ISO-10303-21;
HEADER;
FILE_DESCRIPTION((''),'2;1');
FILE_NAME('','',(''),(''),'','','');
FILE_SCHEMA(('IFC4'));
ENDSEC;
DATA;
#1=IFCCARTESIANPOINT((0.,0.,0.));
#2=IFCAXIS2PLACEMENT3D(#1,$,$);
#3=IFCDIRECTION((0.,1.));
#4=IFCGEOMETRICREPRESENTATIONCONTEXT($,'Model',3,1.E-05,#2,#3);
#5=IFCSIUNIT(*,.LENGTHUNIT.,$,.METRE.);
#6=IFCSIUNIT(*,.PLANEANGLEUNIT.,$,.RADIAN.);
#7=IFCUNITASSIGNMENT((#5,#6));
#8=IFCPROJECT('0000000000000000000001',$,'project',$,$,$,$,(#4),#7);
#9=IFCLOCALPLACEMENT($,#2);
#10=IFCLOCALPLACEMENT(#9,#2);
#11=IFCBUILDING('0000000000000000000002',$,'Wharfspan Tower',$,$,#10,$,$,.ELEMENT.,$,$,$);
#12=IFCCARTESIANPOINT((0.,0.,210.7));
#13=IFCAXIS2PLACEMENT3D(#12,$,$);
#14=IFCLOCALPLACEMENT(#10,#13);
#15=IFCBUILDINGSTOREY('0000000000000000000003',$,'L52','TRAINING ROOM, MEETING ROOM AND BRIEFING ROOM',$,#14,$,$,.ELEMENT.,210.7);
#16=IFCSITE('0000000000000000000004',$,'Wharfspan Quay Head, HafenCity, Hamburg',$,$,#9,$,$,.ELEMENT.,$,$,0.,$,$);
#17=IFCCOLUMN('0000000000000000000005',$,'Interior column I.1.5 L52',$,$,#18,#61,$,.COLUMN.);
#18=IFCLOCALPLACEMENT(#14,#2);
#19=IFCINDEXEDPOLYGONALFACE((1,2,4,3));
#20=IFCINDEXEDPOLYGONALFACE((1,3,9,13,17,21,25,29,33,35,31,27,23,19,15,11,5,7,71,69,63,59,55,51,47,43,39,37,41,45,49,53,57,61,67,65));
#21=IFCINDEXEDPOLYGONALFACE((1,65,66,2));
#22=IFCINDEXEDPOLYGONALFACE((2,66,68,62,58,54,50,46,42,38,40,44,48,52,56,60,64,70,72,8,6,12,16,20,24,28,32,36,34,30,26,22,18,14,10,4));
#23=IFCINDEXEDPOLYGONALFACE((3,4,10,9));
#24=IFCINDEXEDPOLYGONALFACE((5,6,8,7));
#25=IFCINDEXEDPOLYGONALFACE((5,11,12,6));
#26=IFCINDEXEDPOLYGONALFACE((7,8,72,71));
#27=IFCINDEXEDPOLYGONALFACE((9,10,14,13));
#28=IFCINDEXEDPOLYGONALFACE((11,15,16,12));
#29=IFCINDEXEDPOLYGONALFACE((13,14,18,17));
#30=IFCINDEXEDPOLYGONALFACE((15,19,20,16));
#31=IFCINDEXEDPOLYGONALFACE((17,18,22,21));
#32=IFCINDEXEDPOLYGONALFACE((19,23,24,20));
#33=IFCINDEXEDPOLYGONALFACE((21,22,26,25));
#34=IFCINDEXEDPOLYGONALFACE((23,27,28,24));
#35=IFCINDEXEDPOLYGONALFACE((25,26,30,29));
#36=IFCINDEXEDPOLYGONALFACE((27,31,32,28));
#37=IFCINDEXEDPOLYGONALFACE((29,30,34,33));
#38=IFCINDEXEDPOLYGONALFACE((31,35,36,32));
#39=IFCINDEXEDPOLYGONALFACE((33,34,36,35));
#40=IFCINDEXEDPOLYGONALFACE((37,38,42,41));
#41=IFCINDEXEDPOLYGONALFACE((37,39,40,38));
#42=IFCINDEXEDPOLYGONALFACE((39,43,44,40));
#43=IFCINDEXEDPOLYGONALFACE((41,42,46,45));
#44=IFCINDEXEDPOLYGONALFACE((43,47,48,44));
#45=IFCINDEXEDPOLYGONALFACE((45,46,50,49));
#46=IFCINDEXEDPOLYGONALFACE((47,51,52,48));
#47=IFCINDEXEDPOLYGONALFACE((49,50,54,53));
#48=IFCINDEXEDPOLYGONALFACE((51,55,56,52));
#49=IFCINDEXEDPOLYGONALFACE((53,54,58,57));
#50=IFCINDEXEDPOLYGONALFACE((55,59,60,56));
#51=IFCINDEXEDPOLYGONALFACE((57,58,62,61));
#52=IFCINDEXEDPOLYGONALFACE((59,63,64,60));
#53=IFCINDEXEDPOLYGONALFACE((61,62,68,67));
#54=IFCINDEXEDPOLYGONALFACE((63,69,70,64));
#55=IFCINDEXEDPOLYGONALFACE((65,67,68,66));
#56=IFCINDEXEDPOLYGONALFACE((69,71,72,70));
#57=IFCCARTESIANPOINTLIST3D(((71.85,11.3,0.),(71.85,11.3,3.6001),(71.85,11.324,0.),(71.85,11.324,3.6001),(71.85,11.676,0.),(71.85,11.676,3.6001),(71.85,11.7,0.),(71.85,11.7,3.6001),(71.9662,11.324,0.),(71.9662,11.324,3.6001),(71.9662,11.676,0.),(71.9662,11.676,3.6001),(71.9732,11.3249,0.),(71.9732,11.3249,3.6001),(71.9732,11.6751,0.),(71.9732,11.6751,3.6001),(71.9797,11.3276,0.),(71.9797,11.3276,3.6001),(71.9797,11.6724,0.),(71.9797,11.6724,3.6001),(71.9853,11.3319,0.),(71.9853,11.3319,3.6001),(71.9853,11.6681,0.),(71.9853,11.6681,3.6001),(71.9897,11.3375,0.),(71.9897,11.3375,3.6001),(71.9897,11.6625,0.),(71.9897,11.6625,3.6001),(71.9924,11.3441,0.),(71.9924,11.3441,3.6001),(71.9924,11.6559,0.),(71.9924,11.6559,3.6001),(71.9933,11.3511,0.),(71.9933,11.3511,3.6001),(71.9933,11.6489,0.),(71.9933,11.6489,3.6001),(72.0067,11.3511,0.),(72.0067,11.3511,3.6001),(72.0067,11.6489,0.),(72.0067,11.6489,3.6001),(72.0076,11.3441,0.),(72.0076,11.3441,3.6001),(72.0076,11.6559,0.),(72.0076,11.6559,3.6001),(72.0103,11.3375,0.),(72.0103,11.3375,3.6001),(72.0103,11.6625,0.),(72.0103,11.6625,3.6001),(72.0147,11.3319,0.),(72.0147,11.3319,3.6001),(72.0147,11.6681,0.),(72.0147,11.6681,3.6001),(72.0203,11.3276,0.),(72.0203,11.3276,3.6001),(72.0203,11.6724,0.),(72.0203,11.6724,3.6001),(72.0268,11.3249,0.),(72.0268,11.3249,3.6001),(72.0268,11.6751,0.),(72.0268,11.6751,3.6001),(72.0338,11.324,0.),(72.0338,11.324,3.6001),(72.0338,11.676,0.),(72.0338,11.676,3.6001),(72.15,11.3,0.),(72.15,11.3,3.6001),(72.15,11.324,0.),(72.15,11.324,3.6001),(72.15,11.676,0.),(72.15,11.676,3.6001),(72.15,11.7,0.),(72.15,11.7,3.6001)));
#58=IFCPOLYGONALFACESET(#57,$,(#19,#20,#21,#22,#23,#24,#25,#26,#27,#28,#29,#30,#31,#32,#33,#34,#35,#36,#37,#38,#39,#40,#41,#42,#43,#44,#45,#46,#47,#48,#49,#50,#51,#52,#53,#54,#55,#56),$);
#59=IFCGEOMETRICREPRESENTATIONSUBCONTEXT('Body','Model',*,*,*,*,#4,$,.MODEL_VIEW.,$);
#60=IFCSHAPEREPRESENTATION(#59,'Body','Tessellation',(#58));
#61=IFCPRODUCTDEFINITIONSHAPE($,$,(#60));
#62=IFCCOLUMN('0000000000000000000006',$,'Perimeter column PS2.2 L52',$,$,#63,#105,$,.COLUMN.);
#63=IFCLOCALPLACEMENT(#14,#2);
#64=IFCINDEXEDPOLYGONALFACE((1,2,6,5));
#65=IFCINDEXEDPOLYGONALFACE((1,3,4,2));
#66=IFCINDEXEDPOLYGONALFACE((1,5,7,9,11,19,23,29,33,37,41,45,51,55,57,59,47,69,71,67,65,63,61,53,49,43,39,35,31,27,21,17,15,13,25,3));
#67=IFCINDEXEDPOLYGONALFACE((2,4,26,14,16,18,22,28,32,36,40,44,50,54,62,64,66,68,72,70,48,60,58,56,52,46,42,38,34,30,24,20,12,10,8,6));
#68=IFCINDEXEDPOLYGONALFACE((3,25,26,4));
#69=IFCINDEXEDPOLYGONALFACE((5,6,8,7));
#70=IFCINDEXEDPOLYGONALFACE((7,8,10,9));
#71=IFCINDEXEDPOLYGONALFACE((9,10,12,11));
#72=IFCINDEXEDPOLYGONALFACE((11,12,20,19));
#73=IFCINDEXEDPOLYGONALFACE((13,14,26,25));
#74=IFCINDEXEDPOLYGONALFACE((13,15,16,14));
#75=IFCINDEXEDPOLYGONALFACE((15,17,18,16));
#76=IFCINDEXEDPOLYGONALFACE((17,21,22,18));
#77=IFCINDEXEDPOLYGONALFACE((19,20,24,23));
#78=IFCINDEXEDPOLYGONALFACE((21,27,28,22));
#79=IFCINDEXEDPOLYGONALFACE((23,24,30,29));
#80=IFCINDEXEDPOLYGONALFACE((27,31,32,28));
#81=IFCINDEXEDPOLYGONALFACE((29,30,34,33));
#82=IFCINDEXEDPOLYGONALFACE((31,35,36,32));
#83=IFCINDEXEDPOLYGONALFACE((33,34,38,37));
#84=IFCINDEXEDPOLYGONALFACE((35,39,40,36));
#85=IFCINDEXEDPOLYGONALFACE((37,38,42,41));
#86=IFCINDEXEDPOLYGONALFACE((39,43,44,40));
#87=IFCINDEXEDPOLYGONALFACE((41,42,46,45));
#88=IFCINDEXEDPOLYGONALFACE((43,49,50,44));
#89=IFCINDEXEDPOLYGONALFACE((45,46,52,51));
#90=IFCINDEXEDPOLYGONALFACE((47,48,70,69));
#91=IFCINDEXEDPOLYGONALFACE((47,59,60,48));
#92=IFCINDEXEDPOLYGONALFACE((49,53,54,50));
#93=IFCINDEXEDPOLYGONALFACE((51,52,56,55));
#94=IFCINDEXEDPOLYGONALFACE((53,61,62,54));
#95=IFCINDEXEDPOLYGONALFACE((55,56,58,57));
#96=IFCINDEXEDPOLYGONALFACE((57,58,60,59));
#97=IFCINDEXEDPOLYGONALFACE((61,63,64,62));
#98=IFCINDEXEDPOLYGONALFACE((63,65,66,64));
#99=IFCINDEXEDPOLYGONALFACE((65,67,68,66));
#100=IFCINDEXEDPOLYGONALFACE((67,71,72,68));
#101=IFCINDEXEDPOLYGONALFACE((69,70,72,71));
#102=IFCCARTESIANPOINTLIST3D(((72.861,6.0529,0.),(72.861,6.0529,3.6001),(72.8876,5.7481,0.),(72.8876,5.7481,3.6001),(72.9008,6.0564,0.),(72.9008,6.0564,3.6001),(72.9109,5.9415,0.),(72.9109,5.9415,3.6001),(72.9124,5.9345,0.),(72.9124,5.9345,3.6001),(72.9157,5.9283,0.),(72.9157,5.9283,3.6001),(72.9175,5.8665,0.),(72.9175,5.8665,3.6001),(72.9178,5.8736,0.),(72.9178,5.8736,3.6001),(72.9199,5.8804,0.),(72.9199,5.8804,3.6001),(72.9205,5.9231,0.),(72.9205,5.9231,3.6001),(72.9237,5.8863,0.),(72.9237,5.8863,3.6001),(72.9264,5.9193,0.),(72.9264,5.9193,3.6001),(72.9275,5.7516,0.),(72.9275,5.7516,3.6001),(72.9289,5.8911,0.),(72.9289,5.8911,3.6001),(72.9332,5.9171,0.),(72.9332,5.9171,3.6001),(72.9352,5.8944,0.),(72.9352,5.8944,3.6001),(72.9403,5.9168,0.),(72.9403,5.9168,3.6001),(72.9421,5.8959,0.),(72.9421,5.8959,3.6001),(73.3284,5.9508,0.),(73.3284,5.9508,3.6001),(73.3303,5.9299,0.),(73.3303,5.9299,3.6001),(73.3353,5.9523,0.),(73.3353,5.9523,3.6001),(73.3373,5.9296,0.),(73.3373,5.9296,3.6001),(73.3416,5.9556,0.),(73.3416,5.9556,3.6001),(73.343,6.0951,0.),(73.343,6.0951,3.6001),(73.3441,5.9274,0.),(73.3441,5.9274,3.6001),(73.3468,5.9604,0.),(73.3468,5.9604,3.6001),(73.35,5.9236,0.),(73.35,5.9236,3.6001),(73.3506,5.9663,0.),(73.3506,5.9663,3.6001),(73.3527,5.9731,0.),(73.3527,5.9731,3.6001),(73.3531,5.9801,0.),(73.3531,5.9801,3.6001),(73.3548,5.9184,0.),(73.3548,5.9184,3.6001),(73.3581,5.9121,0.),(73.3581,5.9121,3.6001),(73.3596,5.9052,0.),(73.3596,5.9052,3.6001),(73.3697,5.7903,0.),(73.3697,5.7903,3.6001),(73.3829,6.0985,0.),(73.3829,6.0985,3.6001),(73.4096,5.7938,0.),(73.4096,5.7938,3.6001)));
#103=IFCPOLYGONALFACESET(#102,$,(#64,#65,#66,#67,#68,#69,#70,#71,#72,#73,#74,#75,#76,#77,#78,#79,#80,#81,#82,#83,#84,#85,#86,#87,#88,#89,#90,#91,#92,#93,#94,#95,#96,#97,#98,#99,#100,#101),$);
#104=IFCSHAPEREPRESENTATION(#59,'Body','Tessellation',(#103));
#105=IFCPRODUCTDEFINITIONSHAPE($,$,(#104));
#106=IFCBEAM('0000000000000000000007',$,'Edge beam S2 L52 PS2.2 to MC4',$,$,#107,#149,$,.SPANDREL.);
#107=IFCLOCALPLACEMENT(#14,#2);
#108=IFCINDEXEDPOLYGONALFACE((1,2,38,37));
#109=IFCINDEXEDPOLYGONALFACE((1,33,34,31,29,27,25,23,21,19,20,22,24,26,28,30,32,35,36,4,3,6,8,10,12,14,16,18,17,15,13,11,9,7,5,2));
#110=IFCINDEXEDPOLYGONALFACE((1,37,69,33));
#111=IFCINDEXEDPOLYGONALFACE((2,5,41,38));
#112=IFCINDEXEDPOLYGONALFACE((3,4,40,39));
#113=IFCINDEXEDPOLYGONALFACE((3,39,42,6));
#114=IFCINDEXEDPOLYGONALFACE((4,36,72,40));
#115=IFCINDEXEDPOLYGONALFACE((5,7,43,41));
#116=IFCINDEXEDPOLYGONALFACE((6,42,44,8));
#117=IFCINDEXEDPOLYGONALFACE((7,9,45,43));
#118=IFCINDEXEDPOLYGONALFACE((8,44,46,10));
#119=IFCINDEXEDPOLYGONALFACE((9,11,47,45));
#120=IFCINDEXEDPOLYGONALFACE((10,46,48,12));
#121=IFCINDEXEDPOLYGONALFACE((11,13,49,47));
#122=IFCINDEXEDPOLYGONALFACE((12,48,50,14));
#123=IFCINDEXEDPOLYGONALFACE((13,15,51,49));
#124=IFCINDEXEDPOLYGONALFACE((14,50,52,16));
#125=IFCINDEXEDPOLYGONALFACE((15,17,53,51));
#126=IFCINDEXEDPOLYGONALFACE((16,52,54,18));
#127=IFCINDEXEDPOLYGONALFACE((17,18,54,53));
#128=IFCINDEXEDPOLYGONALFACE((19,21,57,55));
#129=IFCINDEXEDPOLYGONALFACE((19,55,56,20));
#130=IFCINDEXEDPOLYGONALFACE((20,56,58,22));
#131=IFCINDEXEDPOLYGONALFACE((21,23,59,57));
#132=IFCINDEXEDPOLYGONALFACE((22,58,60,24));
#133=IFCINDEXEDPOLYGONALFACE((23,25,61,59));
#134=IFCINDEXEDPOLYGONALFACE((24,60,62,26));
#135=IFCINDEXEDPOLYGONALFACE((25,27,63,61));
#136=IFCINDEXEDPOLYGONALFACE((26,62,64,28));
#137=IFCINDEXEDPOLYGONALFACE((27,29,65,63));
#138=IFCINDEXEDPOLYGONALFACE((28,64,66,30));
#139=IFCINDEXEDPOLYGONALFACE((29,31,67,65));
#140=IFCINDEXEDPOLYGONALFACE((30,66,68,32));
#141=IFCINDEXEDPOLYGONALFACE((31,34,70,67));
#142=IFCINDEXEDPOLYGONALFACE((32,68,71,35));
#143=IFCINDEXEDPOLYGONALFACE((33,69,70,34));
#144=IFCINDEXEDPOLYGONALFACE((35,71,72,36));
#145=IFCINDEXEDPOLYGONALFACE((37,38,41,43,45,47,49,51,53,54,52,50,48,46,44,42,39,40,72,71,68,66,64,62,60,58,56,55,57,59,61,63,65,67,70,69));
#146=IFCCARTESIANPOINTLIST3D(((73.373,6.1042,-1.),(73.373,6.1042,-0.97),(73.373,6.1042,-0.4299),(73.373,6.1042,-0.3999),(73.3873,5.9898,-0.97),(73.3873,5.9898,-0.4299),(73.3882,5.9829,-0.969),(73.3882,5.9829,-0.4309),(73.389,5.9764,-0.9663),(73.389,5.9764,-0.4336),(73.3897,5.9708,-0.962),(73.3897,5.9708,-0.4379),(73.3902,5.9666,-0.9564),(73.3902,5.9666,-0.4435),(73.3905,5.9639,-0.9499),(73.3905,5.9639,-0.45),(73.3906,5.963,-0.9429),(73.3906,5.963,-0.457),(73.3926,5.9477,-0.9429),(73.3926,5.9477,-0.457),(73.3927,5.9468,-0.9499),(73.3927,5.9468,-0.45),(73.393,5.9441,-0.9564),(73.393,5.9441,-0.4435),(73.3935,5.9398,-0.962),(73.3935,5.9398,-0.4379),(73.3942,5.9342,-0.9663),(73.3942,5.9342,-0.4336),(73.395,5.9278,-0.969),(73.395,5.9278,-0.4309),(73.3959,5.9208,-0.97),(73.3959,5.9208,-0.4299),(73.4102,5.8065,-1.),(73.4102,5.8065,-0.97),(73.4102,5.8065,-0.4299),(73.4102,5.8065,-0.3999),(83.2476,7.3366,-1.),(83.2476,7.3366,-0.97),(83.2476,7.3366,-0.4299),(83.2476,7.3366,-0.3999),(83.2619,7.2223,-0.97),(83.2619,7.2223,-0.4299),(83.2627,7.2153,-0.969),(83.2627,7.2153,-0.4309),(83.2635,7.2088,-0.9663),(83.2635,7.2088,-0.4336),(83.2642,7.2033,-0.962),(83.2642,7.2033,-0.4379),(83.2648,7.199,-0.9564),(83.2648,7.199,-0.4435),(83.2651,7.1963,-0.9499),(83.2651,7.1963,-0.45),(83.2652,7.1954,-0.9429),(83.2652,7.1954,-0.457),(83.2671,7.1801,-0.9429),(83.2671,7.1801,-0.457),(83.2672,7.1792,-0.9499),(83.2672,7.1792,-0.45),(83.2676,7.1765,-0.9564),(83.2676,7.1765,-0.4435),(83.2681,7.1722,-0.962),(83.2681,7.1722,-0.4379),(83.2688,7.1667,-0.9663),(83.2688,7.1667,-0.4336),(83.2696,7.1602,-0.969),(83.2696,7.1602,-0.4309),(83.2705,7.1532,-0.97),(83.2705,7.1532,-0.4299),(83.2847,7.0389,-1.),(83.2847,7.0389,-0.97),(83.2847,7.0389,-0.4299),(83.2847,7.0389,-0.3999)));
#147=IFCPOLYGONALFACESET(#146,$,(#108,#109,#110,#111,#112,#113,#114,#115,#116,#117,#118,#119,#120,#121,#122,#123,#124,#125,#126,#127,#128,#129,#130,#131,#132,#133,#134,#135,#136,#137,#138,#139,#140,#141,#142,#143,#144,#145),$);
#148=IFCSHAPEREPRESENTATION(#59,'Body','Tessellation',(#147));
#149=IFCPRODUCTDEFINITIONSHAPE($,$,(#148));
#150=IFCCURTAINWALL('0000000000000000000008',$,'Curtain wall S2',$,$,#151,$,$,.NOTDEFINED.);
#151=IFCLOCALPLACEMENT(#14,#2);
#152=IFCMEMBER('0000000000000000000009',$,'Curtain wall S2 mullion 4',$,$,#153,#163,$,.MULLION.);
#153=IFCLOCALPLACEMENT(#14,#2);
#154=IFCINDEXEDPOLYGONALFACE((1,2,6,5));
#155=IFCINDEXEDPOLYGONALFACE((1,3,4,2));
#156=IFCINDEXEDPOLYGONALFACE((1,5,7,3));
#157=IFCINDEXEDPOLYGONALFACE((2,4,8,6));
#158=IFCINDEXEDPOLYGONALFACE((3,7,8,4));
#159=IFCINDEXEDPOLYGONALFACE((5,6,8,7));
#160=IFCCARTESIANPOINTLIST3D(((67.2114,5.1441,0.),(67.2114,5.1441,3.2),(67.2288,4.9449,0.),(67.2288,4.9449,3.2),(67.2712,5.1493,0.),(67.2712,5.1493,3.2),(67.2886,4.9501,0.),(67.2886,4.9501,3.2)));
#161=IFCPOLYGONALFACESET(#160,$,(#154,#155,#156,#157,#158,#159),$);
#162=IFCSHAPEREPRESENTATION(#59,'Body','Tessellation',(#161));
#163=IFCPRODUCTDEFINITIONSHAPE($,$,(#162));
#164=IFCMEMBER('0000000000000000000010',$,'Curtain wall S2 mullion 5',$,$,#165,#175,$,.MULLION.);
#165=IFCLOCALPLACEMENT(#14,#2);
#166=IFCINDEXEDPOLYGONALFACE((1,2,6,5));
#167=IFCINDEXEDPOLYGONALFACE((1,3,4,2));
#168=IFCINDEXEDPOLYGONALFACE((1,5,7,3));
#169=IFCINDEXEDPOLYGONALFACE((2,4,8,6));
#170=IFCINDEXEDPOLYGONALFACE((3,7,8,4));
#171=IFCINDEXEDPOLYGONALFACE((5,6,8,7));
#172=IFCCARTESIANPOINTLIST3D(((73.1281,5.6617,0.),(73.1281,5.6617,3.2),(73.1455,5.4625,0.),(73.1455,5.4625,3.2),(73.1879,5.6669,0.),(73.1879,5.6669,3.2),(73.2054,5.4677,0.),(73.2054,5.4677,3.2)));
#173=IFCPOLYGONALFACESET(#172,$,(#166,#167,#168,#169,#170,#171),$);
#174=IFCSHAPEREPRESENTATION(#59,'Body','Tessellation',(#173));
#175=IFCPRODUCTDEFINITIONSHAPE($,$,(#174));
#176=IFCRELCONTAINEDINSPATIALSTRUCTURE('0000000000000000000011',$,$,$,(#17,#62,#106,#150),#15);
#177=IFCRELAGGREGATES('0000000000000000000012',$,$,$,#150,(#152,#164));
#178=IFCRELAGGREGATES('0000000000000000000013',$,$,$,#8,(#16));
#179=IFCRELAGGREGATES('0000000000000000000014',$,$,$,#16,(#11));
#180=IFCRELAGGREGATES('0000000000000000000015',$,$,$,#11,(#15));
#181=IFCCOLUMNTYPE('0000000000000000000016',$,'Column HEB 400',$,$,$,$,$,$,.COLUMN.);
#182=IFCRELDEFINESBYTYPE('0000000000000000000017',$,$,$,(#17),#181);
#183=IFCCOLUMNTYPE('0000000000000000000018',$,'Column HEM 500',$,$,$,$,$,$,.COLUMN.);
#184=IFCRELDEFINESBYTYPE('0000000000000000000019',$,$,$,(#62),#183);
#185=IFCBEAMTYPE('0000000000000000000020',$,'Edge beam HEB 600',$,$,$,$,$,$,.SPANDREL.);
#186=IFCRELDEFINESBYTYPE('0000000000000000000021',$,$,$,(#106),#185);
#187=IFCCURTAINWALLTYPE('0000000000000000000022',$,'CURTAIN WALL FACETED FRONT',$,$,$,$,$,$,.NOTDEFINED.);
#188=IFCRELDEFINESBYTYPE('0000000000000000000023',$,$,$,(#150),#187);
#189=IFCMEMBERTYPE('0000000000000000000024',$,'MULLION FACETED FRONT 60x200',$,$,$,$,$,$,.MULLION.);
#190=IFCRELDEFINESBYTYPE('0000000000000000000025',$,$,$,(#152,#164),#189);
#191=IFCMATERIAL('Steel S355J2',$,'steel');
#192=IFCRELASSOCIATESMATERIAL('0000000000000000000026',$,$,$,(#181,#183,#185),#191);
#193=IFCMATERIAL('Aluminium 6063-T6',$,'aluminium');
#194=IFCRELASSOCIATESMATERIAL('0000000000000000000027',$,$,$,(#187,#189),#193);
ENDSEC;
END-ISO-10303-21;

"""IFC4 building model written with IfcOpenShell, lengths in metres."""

from ifc_helpers import new_model, si_unit, direction, frame, origin, origin_2d, place, context, subcontext, project, spatial, rectangle, i_section, extrude, material, material_profile, profile_set, type_object, element, aggregate, save


model = new_model("IFC4")

# Units and contexts
model_context = context("Model", 3, precision=1e-05, world=origin(), true_north=direction((0.0, 1.0)))
body_context = subcontext(model_context, "Body", "Model", "MODEL_VIEW")
ifc_project = project(units=[si_unit("LENGTHUNIT", "METRE"), si_unit("PLANEANGLEUNIT", "RADIAN")], contexts=[model_context])

# Site, building, storey
site_placement = place(None, origin())
site = spatial("IfcSite", under=ifc_project, at=site_placement, Name="Wharfspan Quay Head, HafenCity, Hamburg", CompositionType="ELEMENT", RefElevation=0.0)
building_placement = place(site_placement, origin())
building = spatial("IfcBuilding", under=site, at=building_placement, Name="Wharfspan Tower", CompositionType="ELEMENT")
storey_placement = place(building_placement, frame((0.0, 0.0, 210.7)))
storey = spatial("IfcBuildingStorey", under=building, at=storey_placement, Name="L52", Description="TRAINING ROOM, MEETING ROOM AND BRIEFING ROOM", CompositionType="ELEMENT", Elevation=210.7)

# Columns
ifc_material_1 = material(Name="Steel S355J2", Category="steel")
ifc_material_profile_1 = material_profile(ifc_material_1, i_section(OverallWidth=0.3, OverallDepth=0.3999, WebThickness=0.0134, FlangeThickness=0.0239, FilletRadius=0.0271, at=origin_2d()))
ifc_profile_set_1 = profile_set([ifc_material_profile_1], Name="Steel S355J2")
column_type_1 = type_object("IfcColumnType", Name="Column HEB 400", PredefinedType="COLUMN", material=ifc_profile_set_1)
column_1_placement = place(storey_placement, frame((72.0, 11.5, 0.0), z_axis=(0.0, 0.0, 1.0), x_axis=(1.0, 0.0, 0.0)))
element("IfcColumn", 1, at=column_1_placement, inside=storey, type_object=column_type_1, Name="Interior column I.1.5 L52", PredefinedType="COLUMN", context=body_context, shape_type="SweptSolid", body=[
    extrude(i_section(OverallWidth=0.3, OverallDepth=0.3999, WebThickness=0.0134, FlangeThickness=0.0239, FilletRadius=0.0271, at=origin_2d()), origin(), (0.0, 0.0, 1.0), 3.6001),
])
ifc_material_profile_2 = material_profile(ifc_material_1, i_section(OverallWidth=0.3059, OverallDepth=0.5239, WebThickness=0.021, FlangeThickness=0.04, FilletRadius=0.0271, at=origin_2d()))
ifc_profile_set_2 = profile_set([ifc_material_profile_2], Name="Steel S355J2")
column_type_2 = type_object("IfcColumnType", Name="Column HEM 500", PredefinedType="COLUMN", material=ifc_profile_set_2)
column_2_placement = place(storey_placement, frame((73.1353, 5.9233, 0.0), z_axis=(0.0, 0.0, 1.0), x_axis=(0.087156, -0.996197, 0.0)))
element("IfcColumn", 2, at=column_2_placement, inside=storey, type_object=column_type_2, Name="Perimeter column PS2.2 L52", PredefinedType="COLUMN", context=body_context, shape_type="SweptSolid", body=[
    extrude(i_section(OverallWidth=0.3059, OverallDepth=0.5239, WebThickness=0.021, FlangeThickness=0.04, FilletRadius=0.0271, at=origin_2d()), origin(), (0.0, 0.0, 1.0), 3.6001),
])

# Beam
ifc_material_profile_3 = material_profile(ifc_material_1, i_section(OverallWidth=0.3, OverallDepth=0.6001, WebThickness=0.0154, FlangeThickness=0.03, FilletRadius=0.0271, at=origin_2d()))
ifc_profile_set_3 = profile_set([ifc_material_profile_3], Name="Steel S355J2")
beam_type = type_object("IfcBeamType", Name="Edge beam HEB 600", PredefinedType="SPANDREL", material=ifc_profile_set_3)
beam_placement = place(storey_placement, frame((73.3916, 5.9553, -0.7), z_axis=(0.992301, 0.123848, 0.0), x_axis=(-0.123848, 0.992301, 0.0)))
element("IfcBeam", 3, at=beam_placement, inside=storey, type_object=beam_type, Name="Edge beam S2 L52 PS2.2 to MC4", PredefinedType="SPANDREL", context=body_context, shape_type="SweptSolid", body=[
    extrude(i_section(OverallWidth=0.3, OverallDepth=0.6001, WebThickness=0.0154, FlangeThickness=0.03, FilletRadius=0.0271, at=origin_2d()), origin(), (0.0, 0.0, 1.0), 9.9512),
])

# Curtain wall, members
ifc_material_2 = material(Name="Aluminium 6063-T6", Category="aluminium")
curtain_wall_type = type_object("IfcCurtainWallType", Name="CURTAIN WALL FACETED FRONT", PredefinedType="NOTDEFINED", material=ifc_material_2)
curtain_wall_placement = place(storey_placement, origin())
curtain_wall = element("IfcCurtainWall", 4, at=curtain_wall_placement, inside=storey, type_object=curtain_wall_type, Name="Curtain wall S2", PredefinedType="NOTDEFINED")
ifc_material_profile_4 = material_profile(ifc_material_2, rectangle(XDim=0.2, YDim=0.0601, at=origin_2d()))
ifc_profile_set_4 = profile_set([ifc_material_profile_4], Name="Aluminium 6063-T6")
member_type_1 = type_object("IfcMemberType", Name="MULLION FACETED FRONT 60x200", PredefinedType="MULLION", material=ifc_profile_set_4)
member_1_placement = place(storey_placement, frame((67.25, 5.0471, 0.0), z_axis=(0.0, 0.0, 1.0), x_axis=(-0.087156, 0.996197, 0.0)))
member_1 = element("IfcMember", 5, at=member_1_placement, type_object=member_type_1, Name="Curtain wall S2 mullion 4", PredefinedType="MULLION", context=body_context, shape_type="SweptSolid", body=[
    extrude(rectangle(XDim=0.2, YDim=0.0601, at=origin_2d()), origin(), (0.0, 0.0, 1.0), 3.2),
])
member_2_placement = place(storey_placement, frame((73.1667, 5.5647, 0.0), z_axis=(0.0, 0.0, 1.0), x_axis=(-0.087156, 0.996197, 0.0)))
member_2 = element("IfcMember", 6, at=member_2_placement, type_object=member_type_1, Name="Curtain wall S2 mullion 5", PredefinedType="MULLION", context=body_context, shape_type="SweptSolid", body=[
    extrude(rectangle(XDim=0.2, YDim=0.0601, at=origin_2d()), origin(), (0.0, 0.0, 1.0), 3.2),
])

aggregate(curtain_wall, [member_1, member_2])

save(model, "model.ifc")
